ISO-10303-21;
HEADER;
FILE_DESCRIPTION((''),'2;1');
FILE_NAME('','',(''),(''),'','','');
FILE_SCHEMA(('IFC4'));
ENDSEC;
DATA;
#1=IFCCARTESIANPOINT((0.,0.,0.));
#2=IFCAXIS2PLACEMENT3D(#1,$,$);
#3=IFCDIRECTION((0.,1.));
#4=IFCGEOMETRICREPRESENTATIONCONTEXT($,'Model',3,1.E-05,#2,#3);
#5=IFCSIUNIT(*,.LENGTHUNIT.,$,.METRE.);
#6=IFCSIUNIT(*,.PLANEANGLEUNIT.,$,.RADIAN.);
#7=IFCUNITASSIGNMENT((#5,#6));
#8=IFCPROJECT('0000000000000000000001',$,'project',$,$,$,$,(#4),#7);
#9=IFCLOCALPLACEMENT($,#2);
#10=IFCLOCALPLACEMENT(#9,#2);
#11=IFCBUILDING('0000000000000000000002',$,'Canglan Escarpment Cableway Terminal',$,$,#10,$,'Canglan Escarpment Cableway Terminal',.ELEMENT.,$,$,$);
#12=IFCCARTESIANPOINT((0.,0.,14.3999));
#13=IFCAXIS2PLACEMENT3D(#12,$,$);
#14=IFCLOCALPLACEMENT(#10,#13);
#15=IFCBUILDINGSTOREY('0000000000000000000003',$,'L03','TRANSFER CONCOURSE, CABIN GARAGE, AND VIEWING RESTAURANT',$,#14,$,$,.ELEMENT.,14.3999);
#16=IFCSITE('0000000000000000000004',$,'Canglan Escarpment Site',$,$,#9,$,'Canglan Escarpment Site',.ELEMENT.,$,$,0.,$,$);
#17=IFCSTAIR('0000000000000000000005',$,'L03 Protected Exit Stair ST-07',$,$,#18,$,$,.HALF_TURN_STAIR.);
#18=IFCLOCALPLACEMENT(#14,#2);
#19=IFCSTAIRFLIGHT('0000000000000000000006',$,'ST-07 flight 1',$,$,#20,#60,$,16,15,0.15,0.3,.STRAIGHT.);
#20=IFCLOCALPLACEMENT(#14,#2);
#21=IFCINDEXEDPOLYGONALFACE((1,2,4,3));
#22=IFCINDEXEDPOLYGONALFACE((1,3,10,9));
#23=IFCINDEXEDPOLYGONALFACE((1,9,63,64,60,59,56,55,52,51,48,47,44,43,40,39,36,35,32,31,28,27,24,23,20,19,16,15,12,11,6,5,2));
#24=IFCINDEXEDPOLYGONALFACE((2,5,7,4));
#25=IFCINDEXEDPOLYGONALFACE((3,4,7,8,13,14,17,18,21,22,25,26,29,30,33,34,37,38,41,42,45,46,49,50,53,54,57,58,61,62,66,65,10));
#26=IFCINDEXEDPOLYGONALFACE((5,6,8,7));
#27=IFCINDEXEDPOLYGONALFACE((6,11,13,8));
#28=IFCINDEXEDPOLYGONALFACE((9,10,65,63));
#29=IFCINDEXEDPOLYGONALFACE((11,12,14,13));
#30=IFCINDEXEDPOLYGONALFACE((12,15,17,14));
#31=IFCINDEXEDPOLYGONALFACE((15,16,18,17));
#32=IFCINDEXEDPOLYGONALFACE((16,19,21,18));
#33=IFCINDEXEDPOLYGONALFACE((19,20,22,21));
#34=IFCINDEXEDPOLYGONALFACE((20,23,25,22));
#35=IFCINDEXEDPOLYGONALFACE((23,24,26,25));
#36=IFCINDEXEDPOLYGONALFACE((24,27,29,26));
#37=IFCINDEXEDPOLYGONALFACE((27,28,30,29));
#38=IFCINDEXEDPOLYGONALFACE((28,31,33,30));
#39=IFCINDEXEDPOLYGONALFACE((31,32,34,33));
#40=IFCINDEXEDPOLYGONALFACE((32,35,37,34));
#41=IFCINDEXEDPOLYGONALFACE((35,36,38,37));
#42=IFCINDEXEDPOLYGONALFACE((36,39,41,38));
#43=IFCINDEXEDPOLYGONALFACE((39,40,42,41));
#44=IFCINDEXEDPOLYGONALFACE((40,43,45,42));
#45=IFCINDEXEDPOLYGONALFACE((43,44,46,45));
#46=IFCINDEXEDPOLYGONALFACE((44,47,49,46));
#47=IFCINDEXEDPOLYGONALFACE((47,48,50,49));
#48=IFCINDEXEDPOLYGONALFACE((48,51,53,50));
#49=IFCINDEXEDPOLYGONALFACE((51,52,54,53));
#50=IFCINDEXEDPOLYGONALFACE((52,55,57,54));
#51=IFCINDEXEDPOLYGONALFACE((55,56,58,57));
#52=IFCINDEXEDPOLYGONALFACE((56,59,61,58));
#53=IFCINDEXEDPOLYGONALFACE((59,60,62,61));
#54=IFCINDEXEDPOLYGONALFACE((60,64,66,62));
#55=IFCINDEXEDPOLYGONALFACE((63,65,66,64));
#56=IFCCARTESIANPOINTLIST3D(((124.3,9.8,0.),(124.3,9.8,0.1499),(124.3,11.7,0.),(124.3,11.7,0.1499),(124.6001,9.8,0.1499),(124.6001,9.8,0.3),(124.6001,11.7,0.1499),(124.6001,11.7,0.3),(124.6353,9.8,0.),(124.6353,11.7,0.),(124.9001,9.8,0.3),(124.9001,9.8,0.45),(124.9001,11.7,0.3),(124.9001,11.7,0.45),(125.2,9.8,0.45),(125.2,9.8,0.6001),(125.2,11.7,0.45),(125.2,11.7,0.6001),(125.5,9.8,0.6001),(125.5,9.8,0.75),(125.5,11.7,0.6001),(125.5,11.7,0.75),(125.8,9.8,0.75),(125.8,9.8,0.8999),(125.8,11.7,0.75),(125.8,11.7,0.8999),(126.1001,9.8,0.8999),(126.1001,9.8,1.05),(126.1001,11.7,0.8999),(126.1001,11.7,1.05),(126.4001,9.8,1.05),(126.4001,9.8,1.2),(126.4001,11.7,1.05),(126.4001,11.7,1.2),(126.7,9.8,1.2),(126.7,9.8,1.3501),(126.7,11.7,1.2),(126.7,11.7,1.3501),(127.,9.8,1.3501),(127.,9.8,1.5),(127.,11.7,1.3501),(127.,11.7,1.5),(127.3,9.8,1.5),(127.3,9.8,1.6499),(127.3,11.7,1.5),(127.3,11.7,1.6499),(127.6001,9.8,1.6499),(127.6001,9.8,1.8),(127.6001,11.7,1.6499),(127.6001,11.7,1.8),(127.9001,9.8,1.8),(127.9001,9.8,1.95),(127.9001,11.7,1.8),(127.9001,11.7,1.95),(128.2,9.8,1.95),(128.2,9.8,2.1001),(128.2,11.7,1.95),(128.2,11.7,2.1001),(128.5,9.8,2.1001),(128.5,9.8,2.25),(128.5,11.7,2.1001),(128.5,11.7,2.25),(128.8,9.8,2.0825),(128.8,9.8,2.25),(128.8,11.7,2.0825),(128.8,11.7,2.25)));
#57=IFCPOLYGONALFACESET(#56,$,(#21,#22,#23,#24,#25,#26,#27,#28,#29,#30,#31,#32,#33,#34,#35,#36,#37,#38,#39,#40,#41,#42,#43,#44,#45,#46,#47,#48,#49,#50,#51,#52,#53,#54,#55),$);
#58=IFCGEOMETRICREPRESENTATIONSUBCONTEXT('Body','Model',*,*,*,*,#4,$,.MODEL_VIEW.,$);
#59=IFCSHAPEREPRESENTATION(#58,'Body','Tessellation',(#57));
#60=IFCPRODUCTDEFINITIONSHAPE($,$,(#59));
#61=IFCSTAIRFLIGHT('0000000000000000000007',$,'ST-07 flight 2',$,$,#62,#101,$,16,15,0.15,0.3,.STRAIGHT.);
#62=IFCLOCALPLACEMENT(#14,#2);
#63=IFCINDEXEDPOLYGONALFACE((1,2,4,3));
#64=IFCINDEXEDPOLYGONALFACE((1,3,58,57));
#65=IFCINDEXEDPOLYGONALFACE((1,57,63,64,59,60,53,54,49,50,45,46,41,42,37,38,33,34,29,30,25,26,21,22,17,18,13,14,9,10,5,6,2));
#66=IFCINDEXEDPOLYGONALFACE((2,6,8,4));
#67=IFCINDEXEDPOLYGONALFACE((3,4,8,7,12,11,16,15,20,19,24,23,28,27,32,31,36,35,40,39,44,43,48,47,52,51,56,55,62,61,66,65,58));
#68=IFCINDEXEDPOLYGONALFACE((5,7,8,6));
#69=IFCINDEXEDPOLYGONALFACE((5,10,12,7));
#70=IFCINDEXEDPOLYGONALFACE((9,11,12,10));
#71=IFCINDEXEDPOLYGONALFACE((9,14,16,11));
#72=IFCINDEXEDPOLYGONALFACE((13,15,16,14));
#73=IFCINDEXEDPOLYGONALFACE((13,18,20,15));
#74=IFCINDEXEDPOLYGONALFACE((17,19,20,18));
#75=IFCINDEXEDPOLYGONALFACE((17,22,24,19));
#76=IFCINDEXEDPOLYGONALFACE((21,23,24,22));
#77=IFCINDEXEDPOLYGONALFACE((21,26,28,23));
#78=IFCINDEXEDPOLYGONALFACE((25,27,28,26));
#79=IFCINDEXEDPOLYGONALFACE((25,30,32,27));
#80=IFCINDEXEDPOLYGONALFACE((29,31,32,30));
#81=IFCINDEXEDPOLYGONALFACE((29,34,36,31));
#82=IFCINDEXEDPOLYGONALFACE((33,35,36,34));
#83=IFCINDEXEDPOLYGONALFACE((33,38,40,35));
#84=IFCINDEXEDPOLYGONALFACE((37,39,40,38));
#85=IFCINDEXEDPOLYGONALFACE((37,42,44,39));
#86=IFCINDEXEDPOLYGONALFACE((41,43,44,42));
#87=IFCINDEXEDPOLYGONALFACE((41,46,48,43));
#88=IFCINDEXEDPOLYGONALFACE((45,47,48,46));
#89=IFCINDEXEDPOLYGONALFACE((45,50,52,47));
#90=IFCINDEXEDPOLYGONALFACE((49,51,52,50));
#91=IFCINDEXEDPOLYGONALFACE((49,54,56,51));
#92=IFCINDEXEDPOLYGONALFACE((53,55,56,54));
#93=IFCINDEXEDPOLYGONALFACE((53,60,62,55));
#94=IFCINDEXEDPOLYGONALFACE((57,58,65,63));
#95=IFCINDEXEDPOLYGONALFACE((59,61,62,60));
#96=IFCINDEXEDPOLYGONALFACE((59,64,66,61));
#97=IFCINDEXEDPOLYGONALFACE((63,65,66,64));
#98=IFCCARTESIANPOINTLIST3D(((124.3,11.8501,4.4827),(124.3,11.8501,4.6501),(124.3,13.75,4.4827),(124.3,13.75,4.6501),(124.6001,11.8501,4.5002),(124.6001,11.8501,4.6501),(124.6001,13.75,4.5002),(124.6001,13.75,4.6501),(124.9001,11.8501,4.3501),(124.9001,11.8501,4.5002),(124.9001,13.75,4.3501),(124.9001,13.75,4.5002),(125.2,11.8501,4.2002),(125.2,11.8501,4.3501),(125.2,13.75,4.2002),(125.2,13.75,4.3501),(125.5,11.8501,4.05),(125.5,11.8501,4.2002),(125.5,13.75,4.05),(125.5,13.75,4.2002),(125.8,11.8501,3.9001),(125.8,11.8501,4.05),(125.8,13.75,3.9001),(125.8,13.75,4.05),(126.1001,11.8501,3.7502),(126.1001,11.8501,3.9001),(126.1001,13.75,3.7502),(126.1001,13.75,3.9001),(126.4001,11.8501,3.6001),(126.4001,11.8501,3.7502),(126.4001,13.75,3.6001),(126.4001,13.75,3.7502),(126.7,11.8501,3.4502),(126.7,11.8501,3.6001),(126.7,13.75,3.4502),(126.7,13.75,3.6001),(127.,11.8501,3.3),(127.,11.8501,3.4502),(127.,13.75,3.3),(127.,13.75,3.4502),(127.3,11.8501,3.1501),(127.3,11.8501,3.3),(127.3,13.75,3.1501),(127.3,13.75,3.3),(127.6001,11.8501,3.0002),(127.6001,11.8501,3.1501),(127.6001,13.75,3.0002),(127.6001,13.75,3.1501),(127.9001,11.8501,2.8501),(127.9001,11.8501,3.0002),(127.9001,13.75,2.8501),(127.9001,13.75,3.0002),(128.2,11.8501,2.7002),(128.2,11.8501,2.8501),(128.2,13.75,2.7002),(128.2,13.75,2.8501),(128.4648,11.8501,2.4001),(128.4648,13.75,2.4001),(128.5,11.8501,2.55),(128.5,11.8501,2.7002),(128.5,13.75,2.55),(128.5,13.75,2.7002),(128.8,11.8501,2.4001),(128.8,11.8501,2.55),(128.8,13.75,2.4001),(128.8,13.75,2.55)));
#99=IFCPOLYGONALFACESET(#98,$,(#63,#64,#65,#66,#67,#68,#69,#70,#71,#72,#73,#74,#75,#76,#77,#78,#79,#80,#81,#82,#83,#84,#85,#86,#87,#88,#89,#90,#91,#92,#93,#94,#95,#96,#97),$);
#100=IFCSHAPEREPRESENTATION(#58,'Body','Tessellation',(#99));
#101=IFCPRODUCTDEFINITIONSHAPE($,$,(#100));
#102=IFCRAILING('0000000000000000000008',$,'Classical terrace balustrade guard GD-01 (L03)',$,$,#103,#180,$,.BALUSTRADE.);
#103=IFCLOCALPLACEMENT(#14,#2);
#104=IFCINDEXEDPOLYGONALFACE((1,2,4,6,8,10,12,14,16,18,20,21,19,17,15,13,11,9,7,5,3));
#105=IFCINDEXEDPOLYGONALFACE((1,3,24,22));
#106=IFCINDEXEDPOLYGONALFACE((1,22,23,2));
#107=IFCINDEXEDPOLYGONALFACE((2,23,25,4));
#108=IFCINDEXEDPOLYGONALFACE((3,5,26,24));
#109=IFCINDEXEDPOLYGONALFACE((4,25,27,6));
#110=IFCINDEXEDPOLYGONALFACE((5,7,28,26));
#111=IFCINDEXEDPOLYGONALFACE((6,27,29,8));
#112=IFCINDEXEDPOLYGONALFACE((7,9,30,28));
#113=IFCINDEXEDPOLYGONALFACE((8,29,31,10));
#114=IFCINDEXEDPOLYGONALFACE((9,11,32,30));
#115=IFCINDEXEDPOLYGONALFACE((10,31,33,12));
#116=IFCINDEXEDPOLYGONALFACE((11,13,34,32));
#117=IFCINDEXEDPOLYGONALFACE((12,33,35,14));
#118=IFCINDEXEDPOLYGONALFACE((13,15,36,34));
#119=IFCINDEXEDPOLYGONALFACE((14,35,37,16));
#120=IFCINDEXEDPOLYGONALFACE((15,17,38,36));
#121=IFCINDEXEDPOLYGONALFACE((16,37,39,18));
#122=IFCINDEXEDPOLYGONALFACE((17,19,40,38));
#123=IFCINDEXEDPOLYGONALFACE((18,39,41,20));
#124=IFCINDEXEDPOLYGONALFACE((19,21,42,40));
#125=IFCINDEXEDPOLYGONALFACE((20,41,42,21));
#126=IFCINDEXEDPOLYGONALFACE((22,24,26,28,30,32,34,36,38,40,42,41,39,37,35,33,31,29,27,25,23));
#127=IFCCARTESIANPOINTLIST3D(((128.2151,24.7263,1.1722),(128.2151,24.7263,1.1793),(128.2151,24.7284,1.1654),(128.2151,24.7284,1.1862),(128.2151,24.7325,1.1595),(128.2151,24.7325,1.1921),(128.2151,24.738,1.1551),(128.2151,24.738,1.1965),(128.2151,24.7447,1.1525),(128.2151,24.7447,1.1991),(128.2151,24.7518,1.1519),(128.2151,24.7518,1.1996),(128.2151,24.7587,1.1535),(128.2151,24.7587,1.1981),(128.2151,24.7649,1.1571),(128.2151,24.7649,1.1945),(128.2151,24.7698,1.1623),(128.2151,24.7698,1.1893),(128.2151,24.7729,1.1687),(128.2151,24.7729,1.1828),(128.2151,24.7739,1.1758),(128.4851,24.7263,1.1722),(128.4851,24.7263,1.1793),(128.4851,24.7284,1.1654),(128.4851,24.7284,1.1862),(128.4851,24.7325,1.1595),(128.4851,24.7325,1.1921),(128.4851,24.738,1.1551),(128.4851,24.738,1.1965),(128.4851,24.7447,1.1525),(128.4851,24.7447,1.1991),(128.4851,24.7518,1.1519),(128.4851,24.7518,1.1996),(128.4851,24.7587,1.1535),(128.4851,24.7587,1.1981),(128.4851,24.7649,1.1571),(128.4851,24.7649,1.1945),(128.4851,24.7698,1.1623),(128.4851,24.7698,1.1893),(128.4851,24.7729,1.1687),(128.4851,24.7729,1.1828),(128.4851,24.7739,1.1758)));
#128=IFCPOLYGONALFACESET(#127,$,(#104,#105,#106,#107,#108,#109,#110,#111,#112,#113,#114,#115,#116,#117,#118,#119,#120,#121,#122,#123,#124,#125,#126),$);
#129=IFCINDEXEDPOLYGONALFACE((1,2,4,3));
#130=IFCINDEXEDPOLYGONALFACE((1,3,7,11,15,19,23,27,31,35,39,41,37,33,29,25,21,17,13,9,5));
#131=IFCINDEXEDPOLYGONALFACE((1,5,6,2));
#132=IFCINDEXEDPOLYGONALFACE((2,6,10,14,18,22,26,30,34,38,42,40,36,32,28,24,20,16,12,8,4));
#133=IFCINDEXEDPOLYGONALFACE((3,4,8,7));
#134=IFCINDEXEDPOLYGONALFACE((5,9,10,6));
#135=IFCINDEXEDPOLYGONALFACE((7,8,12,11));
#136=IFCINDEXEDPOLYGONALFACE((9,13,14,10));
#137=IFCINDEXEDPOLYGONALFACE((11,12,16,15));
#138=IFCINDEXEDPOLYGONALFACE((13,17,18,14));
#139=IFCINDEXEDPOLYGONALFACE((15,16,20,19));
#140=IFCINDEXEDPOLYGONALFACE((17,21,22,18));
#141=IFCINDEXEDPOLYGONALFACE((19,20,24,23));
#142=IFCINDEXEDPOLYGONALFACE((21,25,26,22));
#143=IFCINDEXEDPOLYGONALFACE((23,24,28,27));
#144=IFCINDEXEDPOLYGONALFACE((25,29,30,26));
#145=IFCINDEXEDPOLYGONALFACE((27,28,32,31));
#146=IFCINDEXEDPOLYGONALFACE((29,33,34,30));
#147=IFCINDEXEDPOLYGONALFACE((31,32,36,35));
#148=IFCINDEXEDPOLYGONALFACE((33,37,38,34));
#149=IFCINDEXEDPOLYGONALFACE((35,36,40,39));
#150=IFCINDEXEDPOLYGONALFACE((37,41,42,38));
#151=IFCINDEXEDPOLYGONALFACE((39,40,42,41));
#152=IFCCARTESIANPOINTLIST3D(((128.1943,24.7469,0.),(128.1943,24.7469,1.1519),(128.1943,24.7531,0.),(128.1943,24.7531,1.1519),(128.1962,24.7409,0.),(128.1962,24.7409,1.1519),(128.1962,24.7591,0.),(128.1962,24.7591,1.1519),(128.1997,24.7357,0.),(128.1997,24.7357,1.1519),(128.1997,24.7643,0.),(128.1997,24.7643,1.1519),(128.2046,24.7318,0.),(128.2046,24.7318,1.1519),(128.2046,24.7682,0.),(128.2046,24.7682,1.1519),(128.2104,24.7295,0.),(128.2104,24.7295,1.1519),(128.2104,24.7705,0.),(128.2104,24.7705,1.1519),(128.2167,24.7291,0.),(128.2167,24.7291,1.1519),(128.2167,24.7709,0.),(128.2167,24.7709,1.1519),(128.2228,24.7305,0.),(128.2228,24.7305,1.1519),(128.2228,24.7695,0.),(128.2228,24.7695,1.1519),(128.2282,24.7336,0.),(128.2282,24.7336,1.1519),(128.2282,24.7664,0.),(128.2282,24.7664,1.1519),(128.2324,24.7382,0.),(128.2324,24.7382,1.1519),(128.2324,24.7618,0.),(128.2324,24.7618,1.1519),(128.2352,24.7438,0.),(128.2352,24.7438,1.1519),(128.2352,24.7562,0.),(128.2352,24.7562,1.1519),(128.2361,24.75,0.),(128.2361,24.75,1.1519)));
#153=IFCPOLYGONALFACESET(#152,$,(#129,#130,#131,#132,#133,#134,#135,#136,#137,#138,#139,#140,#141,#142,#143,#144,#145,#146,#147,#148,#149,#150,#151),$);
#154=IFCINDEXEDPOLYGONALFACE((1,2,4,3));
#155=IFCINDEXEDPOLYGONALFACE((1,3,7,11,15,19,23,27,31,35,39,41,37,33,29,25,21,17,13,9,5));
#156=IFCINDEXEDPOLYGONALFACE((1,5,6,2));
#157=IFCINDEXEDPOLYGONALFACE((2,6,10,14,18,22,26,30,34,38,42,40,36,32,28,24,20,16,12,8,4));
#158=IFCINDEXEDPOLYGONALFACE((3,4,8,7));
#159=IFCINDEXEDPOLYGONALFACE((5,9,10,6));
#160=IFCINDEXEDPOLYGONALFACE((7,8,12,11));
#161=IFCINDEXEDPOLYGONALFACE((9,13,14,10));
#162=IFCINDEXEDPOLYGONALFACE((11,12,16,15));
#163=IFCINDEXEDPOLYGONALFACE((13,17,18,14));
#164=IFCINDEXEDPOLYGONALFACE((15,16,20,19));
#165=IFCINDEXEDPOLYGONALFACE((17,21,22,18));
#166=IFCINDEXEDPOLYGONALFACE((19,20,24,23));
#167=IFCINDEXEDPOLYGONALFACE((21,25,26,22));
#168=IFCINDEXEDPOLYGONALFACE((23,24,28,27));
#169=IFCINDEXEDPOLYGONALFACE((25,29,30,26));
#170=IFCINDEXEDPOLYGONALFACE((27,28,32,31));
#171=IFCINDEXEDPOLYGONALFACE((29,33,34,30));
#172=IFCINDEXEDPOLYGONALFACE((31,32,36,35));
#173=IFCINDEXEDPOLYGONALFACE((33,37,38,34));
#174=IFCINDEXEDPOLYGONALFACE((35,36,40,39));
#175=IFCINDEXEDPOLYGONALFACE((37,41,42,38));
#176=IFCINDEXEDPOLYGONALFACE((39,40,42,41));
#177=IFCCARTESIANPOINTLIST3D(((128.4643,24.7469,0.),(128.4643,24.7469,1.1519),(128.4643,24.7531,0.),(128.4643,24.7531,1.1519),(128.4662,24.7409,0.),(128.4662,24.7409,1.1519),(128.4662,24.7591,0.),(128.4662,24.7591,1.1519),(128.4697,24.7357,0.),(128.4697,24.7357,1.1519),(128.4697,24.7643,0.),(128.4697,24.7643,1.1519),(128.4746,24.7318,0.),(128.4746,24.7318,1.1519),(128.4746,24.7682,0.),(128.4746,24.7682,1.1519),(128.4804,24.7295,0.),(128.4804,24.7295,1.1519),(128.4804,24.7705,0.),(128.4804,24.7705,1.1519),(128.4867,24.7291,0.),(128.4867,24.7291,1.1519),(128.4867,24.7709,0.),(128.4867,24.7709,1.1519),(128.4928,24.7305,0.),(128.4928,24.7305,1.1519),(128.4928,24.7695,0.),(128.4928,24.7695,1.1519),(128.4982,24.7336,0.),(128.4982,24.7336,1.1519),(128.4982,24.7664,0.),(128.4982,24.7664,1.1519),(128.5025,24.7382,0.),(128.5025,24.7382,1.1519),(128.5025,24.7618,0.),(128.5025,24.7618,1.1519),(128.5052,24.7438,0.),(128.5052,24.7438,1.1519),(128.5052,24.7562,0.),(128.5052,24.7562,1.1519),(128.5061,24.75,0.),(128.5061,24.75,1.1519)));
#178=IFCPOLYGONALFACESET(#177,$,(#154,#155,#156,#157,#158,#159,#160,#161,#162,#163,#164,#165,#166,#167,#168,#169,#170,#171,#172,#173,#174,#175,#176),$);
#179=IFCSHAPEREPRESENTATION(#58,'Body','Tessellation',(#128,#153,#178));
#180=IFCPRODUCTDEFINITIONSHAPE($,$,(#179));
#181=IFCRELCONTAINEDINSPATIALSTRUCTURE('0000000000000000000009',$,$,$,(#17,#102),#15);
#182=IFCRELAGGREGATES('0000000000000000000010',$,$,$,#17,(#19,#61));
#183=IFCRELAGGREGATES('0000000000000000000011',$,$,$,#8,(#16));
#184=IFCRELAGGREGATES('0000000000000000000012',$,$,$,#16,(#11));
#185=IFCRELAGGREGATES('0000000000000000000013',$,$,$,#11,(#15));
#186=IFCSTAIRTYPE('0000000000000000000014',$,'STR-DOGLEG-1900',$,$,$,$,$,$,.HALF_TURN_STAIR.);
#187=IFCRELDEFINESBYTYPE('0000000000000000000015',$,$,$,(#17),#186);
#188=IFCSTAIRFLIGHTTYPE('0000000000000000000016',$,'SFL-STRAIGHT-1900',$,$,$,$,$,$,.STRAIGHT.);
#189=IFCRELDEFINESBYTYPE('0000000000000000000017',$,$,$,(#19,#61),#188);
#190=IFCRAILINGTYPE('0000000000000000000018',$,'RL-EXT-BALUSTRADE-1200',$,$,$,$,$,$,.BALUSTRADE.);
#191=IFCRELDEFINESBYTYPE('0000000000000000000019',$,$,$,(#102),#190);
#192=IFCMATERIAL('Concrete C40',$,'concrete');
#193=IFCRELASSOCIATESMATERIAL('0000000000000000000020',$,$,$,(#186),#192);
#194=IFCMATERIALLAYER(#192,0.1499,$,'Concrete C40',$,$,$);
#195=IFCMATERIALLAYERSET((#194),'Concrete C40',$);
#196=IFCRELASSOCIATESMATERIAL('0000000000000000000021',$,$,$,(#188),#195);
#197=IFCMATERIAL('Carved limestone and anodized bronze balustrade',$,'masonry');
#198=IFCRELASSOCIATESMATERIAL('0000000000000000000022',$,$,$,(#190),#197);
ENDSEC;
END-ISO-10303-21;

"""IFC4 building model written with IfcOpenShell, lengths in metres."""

from ifc_helpers import new_model, si_unit, direction, frame, origin, origin_2d, place, context, subcontext, project, spatial, polyline, circle, outline, extrude, material, layer, layer_set, type_object, element, aggregate, save


model = new_model("IFC4")

# Units and contexts
model_context = context("Model", 3, precision=1e-05, world=origin(), true_north=direction((0.0, 1.0)))
body_context = subcontext(model_context, "Body", "Model", "MODEL_VIEW")
ifc_project = project(units=[si_unit("LENGTHUNIT", "METRE"), si_unit("PLANEANGLEUNIT", "RADIAN")], contexts=[model_context])

# Site, building, storey
site_placement = place(None, origin())
site = spatial("IfcSite", under=ifc_project, at=site_placement, Name="Canglan Escarpment Site", LongName="Canglan Escarpment Site", CompositionType="ELEMENT", RefElevation=0.0)
building_placement = place(site_placement, origin())
building = spatial("IfcBuilding", under=site, at=building_placement, Name="Canglan Escarpment Cableway Terminal", LongName="Canglan Escarpment Cableway Terminal", CompositionType="ELEMENT")
storey_placement = place(building_placement, frame((0.0, 0.0, 14.3999)))
storey = spatial("IfcBuildingStorey", under=building, at=storey_placement, Name="L03", Description="TRANSFER CONCOURSE, CABIN GARAGE, AND VIEWING RESTAURANT", CompositionType="ELEMENT", Elevation=14.3999)

# Shared definitions
ifc_material_1 = material(Name="Concrete C40", Category="concrete")

# Stair, stair flights
stair_type = type_object("IfcStairType", Name="STR-DOGLEG-1900", PredefinedType="HALF_TURN_STAIR", material=ifc_material_1)
stair_placement = place(storey_placement, origin())
stair = element("IfcStair", 1, at=stair_placement, inside=storey, type_object=stair_type, Name="L03 Protected Exit Stair ST-07", PredefinedType="HALF_TURN_STAIR")
ifc_layer_1 = layer(ifc_material_1, 0.1499, Name="Concrete C40")
ifc_layer_set_1 = layer_set([ifc_layer_1], Name="Concrete C40")
stair_flight_type = type_object("IfcStairFlightType", Name="SFL-STRAIGHT-1900", PredefinedType="STRAIGHT", material=ifc_layer_set_1)
stair_flight_1_placement = place(storey_placement, frame((124.3, 10.75, 0.0), z_axis=(0.0, 0.0, 1.0), x_axis=(1.0, 0.0, 0.0)))
stair_flight_1 = element("IfcStairFlight", 2, at=stair_flight_1_placement, type_object=stair_flight_type, Name="ST-07 flight 1", NumberOfRisers=16, NumberOfTreads=15, PredefinedType="STRAIGHT", RiserHeight=0.15, TreadLength=0.3, context=body_context, shape_type="SweptSolid", body=[
    extrude(outline(polyline([(0.0, 0.0), (0.0, 0.1499), (0.3, 0.1499), (0.3, 0.3), (0.6001, 0.3), (0.6001, 0.45), (0.8999, 0.45), (0.8999, 0.6001), (1.2, 0.6001), (1.2, 0.75), (1.5, 0.75), (1.5, 0.8999), (1.8, 0.8999), (1.8, 1.05), (2.1001, 1.05), (2.1001, 1.2), (2.3999, 1.2), (2.3999, 1.3501), (2.7, 1.3501), (2.7, 1.5), (3.0, 1.5), (3.0, 1.6499), (3.3, 1.6499), (3.3, 1.8), (3.6001, 1.8), (3.6001, 1.95), (3.8999, 1.95), (3.8999, 2.1001), (4.2, 2.1001), (4.2, 2.25), (4.5, 2.25), (4.5, 2.3999), (4.5, 2.0825), (0.3352, 0.0), (0.0, 0.0)])), frame((0.0, 0.95, 0.0), z_axis=(0.0, -1.0, 0.0), x_axis=(1.0, 0.0, 0.0)), (0.0, 0.0, 1.0), 1.8999),
])
stair_flight_2_placement = place(storey_placement, frame((128.8, 12.8, 2.4001), z_axis=(0.0, 0.0, 1.0), x_axis=(-1.0, 0.0, 0.0)))
stair_flight_2 = element("IfcStairFlight", 3, at=stair_flight_2_placement, type_object=stair_flight_type, Name="ST-07 flight 2", NumberOfRisers=16, NumberOfTreads=15, PredefinedType="STRAIGHT", RiserHeight=0.15, TreadLength=0.3, context=body_context, shape_type="SweptSolid", body=[
    extrude(outline(polyline([(0.0, 0.0), (0.0, 0.1499), (0.3, 0.1499), (0.3, 0.3), (0.6001, 0.3), (0.6001, 0.45), (0.8999, 0.45), (0.8999, 0.6001), (1.2, 0.6001), (1.2, 0.75), (1.5, 0.75), (1.5, 0.8999), (1.8, 0.8999), (1.8, 1.05), (2.1001, 1.05), (2.1001, 1.2), (2.3999, 1.2), (2.3999, 1.3501), (2.7, 1.3501), (2.7, 1.5), (3.0, 1.5), (3.0, 1.6499), (3.3, 1.6499), (3.3, 1.8), (3.6001, 1.8), (3.6001, 1.95), (3.8999, 1.95), (3.8999, 2.1001), (4.2, 2.1001), (4.2, 2.25), (4.5, 2.25), (4.5, 2.3999), (4.5, 2.0825), (0.3352, 0.0), (0.0, 0.0)])), frame((0.0, 0.95, 0.0), z_axis=(0.0, -1.0, 0.0), x_axis=(1.0, 0.0, 0.0)), (0.0, 0.0, 1.0), 1.8999),
])
aggregate(stair, [stair_flight_1, stair_flight_2])

# Railing
ifc_material_2 = material(Name="Carved limestone and anodized bronze balustrade", Category="masonry")
railing_type_1 = type_object("IfcRailingType", Name="RL-EXT-BALUSTRADE-1200", PredefinedType="BALUSTRADE", material=ifc_material_2)
railing_1_placement = place(storey_placement, frame((128.2151, 24.75, 0.0)))
element("IfcRailing", 4, at=railing_1_placement, inside=storey, type_object=railing_type_1, Name="Classical terrace balustrade guard GD-01 (L03)", PredefinedType="BALUSTRADE", context=body_context, shape_type="SweptSolid", body=[
    extrude(circle(Radius=0.0239, at=origin_2d()), frame((0.0, 0.0, 1.1758), z_axis=(1.0, 0.0, 0.0), x_axis=(0.0, 1.0, 0.0)), (0.0, 0.0, 1.0), 0.27),
    extrude(circle(Radius=0.021, at=origin_2d()), origin(), (0.0, 0.0, 1.0), 1.1519),
    extrude(circle(Radius=0.021, at=origin_2d()), frame((0.27, 0.0, 0.0)), (0.0, 0.0, 1.0), 1.1519),
])

save(model, "model.ifc")
